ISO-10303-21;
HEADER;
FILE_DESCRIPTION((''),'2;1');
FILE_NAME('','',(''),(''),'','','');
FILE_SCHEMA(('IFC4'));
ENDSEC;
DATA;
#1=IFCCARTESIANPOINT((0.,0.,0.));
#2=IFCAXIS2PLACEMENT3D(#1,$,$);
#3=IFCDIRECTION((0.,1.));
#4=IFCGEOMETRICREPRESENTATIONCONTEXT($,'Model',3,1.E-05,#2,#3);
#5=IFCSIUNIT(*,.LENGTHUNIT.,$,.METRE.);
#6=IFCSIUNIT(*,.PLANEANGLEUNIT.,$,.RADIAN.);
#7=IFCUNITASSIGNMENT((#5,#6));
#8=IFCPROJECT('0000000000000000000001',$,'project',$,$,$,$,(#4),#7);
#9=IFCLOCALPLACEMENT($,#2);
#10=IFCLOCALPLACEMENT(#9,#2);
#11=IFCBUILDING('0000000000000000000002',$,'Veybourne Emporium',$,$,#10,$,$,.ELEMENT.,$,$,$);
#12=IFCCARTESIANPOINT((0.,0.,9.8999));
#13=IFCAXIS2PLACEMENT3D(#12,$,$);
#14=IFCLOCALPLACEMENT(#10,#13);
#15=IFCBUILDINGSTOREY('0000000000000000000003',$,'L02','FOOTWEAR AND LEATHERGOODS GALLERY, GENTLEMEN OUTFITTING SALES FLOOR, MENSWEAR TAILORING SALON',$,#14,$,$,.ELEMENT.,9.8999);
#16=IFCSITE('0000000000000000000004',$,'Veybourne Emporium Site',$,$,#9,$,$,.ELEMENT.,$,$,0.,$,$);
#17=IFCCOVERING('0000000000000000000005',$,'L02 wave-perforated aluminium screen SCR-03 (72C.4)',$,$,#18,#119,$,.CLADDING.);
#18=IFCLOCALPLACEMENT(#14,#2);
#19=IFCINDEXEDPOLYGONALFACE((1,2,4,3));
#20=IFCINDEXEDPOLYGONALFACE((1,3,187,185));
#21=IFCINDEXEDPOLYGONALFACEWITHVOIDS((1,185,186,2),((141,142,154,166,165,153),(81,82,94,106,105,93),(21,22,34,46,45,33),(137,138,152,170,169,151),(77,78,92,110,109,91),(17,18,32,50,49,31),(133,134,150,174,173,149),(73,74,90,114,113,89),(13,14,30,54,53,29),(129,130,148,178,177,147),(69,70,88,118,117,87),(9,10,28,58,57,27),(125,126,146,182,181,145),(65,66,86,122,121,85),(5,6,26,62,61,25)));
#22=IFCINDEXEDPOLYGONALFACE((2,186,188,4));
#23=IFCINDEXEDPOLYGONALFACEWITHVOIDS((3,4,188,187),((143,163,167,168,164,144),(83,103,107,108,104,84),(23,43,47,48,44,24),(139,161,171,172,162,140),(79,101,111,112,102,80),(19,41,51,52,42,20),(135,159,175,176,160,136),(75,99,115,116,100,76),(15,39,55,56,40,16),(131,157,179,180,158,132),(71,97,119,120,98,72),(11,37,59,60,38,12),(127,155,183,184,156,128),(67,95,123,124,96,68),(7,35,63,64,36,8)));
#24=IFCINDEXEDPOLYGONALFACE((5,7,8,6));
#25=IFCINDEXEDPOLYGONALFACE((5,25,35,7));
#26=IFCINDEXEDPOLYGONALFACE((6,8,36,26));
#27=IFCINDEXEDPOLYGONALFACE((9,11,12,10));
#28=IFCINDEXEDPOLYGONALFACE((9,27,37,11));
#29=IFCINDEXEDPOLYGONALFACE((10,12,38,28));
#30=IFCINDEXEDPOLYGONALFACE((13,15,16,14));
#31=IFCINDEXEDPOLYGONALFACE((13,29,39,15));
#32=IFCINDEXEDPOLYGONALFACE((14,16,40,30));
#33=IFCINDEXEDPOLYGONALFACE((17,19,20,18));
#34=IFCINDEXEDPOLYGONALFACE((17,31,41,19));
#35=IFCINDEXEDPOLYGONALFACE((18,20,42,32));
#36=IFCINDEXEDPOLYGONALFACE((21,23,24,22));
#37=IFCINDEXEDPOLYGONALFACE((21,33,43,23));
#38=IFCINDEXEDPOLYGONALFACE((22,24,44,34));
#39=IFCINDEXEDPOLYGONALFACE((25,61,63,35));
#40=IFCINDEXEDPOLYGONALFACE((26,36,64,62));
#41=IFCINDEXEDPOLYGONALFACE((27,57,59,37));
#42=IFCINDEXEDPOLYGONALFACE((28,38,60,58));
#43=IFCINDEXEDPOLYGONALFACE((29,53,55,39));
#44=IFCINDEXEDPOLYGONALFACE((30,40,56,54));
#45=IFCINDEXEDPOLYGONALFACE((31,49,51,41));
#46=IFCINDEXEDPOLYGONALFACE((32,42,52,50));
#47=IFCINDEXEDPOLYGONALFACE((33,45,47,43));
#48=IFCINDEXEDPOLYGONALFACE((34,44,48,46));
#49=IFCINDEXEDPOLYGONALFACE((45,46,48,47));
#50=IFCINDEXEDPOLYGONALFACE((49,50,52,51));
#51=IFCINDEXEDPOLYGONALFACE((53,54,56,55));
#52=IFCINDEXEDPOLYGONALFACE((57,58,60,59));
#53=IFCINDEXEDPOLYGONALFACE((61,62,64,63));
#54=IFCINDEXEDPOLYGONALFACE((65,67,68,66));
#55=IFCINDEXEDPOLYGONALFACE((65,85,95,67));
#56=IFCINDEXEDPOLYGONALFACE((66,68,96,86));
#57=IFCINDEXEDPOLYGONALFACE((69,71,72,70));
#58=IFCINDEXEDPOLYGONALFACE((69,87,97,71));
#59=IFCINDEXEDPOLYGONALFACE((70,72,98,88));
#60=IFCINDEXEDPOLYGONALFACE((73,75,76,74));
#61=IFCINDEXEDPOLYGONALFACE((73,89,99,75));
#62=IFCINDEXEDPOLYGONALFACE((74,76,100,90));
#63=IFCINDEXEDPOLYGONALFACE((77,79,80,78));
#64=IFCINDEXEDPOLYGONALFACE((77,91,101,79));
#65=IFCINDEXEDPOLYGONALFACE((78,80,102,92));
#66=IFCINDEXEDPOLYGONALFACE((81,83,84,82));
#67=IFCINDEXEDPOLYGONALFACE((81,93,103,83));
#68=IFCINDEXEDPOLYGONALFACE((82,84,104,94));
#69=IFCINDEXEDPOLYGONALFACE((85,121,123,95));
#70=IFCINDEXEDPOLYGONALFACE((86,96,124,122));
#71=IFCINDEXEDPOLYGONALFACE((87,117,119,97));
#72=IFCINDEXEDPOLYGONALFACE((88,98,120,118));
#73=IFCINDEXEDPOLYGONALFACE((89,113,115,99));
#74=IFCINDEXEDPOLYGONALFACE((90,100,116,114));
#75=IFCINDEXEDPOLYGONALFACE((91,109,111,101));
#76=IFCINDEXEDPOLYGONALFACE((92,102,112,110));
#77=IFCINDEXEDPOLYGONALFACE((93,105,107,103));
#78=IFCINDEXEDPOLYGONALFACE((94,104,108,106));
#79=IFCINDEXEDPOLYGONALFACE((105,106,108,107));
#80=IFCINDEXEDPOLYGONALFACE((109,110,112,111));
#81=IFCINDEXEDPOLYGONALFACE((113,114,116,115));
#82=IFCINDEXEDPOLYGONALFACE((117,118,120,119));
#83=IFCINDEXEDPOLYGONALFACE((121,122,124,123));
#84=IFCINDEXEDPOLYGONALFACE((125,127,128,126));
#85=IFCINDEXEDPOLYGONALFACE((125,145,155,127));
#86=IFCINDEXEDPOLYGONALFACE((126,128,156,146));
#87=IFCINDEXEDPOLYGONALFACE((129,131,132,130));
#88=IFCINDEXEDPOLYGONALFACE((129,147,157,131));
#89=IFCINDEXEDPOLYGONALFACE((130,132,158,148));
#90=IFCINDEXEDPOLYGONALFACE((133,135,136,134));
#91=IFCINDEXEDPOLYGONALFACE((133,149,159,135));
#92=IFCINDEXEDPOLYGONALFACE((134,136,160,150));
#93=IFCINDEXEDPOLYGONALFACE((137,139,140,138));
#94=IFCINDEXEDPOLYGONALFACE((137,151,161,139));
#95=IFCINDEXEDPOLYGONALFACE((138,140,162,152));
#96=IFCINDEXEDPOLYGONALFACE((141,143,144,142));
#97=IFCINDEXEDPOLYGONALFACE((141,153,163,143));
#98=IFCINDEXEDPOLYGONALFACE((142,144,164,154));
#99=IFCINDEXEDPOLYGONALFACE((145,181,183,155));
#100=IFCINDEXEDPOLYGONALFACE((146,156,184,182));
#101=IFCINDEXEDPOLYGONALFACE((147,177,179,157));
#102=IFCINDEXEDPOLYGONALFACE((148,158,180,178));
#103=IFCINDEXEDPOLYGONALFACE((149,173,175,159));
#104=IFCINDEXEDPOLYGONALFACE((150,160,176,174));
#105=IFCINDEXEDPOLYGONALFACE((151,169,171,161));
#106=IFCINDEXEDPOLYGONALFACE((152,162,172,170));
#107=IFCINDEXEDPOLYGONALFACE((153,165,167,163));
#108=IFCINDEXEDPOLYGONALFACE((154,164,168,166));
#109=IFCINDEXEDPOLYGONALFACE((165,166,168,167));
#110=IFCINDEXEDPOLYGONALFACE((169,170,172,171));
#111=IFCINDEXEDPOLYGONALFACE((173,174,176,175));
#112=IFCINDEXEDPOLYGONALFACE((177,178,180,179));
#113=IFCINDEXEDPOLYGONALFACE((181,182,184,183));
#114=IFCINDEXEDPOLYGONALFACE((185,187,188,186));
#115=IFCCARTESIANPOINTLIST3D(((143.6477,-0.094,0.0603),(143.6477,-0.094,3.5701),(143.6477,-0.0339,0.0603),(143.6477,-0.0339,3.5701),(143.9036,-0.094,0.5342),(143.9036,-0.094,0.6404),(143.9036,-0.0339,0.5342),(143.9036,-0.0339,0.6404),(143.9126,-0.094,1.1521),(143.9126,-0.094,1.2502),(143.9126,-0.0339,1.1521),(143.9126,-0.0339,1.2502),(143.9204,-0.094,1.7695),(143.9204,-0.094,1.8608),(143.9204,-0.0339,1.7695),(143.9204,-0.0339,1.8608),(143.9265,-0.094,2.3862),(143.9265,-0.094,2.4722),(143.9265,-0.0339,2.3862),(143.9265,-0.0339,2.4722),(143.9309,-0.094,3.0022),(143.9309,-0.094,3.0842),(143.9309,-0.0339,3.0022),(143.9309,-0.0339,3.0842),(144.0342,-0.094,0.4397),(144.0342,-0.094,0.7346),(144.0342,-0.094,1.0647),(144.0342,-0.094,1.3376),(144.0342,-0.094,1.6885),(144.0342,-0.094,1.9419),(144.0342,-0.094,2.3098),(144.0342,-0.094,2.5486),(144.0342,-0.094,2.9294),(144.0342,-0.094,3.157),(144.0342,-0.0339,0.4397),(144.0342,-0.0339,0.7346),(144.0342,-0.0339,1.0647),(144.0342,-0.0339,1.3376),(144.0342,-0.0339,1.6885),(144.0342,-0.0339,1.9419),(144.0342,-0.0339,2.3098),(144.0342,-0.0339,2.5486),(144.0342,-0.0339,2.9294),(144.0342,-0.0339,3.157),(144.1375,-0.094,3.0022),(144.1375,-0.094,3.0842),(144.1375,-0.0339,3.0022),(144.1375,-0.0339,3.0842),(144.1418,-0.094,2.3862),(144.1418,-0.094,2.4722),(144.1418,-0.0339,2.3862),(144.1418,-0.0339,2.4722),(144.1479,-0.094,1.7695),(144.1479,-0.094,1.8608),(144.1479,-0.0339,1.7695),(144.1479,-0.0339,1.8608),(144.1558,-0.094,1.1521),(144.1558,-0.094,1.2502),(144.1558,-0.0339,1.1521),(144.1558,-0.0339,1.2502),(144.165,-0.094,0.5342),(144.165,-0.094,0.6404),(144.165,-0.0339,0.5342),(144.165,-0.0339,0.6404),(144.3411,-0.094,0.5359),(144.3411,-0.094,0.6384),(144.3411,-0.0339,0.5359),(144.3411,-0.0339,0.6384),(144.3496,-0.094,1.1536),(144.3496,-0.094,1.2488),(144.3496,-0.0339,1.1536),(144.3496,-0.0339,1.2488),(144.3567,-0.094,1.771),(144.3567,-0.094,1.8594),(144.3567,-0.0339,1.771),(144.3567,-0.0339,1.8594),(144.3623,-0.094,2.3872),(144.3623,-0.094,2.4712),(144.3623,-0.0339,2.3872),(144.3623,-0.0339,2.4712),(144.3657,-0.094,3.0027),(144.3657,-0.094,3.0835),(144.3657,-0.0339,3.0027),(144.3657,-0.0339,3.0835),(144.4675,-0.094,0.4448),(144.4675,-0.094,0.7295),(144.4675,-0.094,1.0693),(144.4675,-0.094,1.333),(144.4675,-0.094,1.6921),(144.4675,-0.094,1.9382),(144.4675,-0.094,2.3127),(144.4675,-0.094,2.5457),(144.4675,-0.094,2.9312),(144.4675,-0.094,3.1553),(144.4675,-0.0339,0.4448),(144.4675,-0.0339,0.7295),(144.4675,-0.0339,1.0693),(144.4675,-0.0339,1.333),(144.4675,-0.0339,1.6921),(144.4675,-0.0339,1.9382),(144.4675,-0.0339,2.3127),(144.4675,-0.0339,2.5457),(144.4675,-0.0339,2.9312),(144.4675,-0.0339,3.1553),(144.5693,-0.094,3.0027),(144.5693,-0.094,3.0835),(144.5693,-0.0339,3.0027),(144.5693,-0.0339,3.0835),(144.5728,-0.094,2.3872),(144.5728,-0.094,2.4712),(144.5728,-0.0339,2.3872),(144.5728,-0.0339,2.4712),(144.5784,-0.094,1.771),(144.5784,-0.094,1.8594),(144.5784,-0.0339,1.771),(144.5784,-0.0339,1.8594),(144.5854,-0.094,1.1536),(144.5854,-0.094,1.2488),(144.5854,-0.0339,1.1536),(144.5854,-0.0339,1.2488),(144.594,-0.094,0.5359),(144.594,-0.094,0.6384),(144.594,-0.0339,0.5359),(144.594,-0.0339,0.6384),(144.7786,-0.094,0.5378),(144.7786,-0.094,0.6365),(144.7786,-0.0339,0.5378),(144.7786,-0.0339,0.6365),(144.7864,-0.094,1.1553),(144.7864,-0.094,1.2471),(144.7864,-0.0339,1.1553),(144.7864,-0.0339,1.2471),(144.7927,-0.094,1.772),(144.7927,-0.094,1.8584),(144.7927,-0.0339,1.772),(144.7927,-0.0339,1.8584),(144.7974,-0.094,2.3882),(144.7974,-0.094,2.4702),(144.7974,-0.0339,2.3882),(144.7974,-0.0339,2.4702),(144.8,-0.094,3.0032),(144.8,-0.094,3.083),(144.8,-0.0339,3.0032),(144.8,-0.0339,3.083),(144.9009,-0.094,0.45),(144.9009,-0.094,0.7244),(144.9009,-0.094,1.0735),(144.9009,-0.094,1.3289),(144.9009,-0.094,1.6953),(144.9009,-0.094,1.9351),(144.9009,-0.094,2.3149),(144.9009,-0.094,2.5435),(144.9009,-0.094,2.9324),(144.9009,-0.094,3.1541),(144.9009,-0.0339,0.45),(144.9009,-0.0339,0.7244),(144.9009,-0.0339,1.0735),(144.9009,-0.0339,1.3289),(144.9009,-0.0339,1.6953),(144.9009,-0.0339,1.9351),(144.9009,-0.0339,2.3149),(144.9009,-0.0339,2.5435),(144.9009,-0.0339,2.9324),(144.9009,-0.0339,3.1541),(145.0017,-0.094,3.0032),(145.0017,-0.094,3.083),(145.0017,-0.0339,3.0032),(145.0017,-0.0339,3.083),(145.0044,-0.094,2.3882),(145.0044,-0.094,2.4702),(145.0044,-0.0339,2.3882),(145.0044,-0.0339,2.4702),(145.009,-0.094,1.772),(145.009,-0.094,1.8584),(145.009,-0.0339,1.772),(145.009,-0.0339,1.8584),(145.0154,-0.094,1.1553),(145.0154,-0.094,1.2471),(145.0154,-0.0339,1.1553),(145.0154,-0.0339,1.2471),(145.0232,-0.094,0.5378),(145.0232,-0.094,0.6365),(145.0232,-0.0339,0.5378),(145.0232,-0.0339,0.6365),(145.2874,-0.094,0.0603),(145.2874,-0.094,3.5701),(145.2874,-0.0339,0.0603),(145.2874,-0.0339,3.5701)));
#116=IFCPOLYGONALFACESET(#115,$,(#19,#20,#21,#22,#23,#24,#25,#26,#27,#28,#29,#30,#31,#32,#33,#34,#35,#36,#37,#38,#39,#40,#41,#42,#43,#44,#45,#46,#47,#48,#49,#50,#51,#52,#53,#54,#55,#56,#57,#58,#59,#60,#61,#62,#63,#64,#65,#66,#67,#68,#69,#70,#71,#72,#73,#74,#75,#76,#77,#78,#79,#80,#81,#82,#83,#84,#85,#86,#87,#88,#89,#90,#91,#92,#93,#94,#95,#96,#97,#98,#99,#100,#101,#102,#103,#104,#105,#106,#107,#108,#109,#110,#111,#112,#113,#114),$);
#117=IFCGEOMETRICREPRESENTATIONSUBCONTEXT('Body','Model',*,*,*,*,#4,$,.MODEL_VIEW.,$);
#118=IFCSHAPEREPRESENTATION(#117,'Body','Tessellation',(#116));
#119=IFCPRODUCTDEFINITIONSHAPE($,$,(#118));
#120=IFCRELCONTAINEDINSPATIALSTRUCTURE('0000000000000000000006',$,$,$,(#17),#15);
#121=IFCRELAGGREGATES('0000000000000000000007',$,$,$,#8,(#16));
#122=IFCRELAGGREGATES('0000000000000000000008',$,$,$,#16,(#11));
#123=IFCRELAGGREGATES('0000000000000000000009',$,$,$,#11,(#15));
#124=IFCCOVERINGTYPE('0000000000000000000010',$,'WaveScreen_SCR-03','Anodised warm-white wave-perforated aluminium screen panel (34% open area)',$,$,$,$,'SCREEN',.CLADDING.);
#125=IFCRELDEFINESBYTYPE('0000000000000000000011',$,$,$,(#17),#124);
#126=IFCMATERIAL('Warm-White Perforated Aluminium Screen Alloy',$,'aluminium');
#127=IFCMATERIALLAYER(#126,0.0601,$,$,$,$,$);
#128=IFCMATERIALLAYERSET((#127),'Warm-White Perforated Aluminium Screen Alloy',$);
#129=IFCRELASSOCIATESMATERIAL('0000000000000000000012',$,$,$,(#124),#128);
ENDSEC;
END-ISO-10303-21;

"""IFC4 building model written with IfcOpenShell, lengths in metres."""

from ifc_helpers import new_model, si_unit, direction, frame, origin, place, context, subcontext, project, spatial, polyline, outline, extrude, material, layer, layer_set, type_object, element, save


model = new_model("IFC4")

# Units and contexts
model_context = context("Model", 3, precision=1e-05, world=origin(), true_north=direction((0.0, 1.0)))
body_context = subcontext(model_context, "Body", "Model", "MODEL_VIEW")
ifc_project = project(units=[si_unit("LENGTHUNIT", "METRE"), si_unit("PLANEANGLEUNIT", "RADIAN")], contexts=[model_context])

# Site, building, storey
site_placement = place(None, origin())
site = spatial("IfcSite", under=ifc_project, at=site_placement, Name="Veybourne Emporium Site", CompositionType="ELEMENT", RefElevation=0.0)
building_placement = place(site_placement, origin())
building = spatial("IfcBuilding", under=site, at=building_placement, Name="Veybourne Emporium", CompositionType="ELEMENT")
storey_placement = place(building_placement, frame((0.0, 0.0, 9.8999)))
storey = spatial("IfcBuildingStorey", under=building, at=storey_placement, Name="L02", Description="FOOTWEAR AND LEATHERGOODS GALLERY, GENTLEMEN OUTFITTING SALES FLOOR, MENSWEAR TAILORING SALON", CompositionType="ELEMENT", Elevation=9.8999)

# Covering
ifc_material_1 = material(Name="Warm-White Perforated Aluminium Screen Alloy", Category="aluminium")
ifc_layer_1 = layer(ifc_material_1, 0.0601)
ifc_layer_set_1 = layer_set([ifc_layer_1], Name="Warm-White Perforated Aluminium Screen Alloy")
covering_type_1 = type_object("IfcCoveringType", Name="WaveScreen_SCR-03", Description="Anodised warm-white wave-perforated aluminium screen panel (34% open area)", ElementType="SCREEN", PredefinedType="CLADDING", material=ifc_layer_set_1)
covering_1_placement = place(storey_placement, frame((144.4675, -0.094, 1.8152), z_axis=(0.0, 1.0, 0.0), x_axis=(-1.0, 0.0, 0.0)))
element("IfcCovering", 1, at=covering_1_placement, inside=storey, type_object=covering_type_1, Name="L02 wave-perforated aluminium screen SCR-03 (72C.4)", PredefinedType="CLADDING", context=body_context, shape_type="SweptSolid", body=[
    extrude(outline(polyline([(-0.8198, -1.7549), (0.8198, -1.7549), (0.8198, 1.7549), (-0.8198, 1.7549), (-0.8198, -1.7549)]), holes=[polyline([(-0.4333, -1.0908), (-0.311, -1.1787), (-0.311, -1.2773), (-0.4333, -1.3652), (-0.5557, -1.2773), (-0.5557, -1.1787), (-0.4333, -1.0908)]), polyline([(-0.4333, -0.4863), (-0.3188, -0.5681), (-0.3188, -0.6599), (-0.4333, -0.7417), (-0.5479, -0.6599), (-0.5479, -0.5681), (-0.4333, -0.4863)]), polyline([(-0.4333, 0.1199), (-0.3252, 0.0432), (-0.3252, -0.0432), (-0.4333, -0.1199), (-0.5415, -0.0432), (-0.5415, 0.0432), (-0.4333, 0.1199)]), polyline([(-0.4333, 0.7283), (-0.3298, 0.655), (-0.3298, 0.573), (-0.4333, 0.4998), (-0.5369, 0.573), (-0.5369, 0.655), (-0.4333, 0.7283)]), polyline([(-0.4333, 1.3389), (-0.3325, 1.2678), (-0.3325, 1.188), (-0.4333, 1.1172), (-0.5342, 1.188), (-0.5342, 1.2678), (-0.4333, 1.3389)]), polyline([(0.0, -1.0857), (0.1265, -1.1768), (0.1265, -1.2793), (0.0, -1.3704), (-0.1265, -1.2793), (-0.1265, -1.1768), (0.0, -1.0857)]), polyline([(0.0, -0.4822), (0.1179, -0.5664), (0.1179, -0.6616), (0.0, -0.7458), (-0.1179, -0.6616), (-0.1179, -0.5664), (0.0, -0.4822)]), polyline([(0.0, 0.123), (0.1108, 0.0442), (0.1108, -0.0442), (0.0, -0.123), (-0.1108, -0.0442), (-0.1108, 0.0442), (0.0, 0.123)]), polyline([(0.0, 0.7305), (0.1052, 0.656), (0.1052, 0.572), (0.0, 0.4976), (-0.1052, 0.572), (-0.1052, 0.656), (0.0, 0.7305)]), polyline([(0.0, 1.3401), (0.1018, 1.2683), (0.1018, 1.1875), (0.0, 1.116), (-0.1018, 1.1875), (-0.1018, 1.2683), (0.0, 1.3401)]), polyline([(0.4333, -1.0806), (0.564, -1.1748), (0.564, -1.281), (0.4333, -1.3755), (0.3025, -1.281), (0.3025, -1.1748), (0.4333, -1.0806)]), polyline([(0.4333, -0.4775), (0.5549, -0.5649), (0.5549, -0.6631), (0.4333, -0.7505), (0.3118, -0.6631), (0.3118, -0.5649), (0.4333, -0.4775)]), polyline([(0.4333, 0.1267), (0.5471, 0.0457), (0.5471, -0.0457), (0.4333, -0.1267), (0.3196, -0.0457), (0.3196, 0.0457), (0.4333, 0.1267)]), polyline([(0.4333, 0.7334), (0.541, 0.657), (0.541, 0.571), (0.4333, 0.4946), (0.3257, 0.571), (0.3257, 0.657), (0.4333, 0.7334)]), polyline([(0.4333, 1.3418), (0.5366, 1.269), (0.5366, 1.187), (0.4333, 1.1143), (0.3301, 1.187), (0.3301, 1.269), (0.4333, 1.3418)])]), origin(), (0.0, 0.0, 1.0), 0.0601),
])

save(model, "model.ifc")
